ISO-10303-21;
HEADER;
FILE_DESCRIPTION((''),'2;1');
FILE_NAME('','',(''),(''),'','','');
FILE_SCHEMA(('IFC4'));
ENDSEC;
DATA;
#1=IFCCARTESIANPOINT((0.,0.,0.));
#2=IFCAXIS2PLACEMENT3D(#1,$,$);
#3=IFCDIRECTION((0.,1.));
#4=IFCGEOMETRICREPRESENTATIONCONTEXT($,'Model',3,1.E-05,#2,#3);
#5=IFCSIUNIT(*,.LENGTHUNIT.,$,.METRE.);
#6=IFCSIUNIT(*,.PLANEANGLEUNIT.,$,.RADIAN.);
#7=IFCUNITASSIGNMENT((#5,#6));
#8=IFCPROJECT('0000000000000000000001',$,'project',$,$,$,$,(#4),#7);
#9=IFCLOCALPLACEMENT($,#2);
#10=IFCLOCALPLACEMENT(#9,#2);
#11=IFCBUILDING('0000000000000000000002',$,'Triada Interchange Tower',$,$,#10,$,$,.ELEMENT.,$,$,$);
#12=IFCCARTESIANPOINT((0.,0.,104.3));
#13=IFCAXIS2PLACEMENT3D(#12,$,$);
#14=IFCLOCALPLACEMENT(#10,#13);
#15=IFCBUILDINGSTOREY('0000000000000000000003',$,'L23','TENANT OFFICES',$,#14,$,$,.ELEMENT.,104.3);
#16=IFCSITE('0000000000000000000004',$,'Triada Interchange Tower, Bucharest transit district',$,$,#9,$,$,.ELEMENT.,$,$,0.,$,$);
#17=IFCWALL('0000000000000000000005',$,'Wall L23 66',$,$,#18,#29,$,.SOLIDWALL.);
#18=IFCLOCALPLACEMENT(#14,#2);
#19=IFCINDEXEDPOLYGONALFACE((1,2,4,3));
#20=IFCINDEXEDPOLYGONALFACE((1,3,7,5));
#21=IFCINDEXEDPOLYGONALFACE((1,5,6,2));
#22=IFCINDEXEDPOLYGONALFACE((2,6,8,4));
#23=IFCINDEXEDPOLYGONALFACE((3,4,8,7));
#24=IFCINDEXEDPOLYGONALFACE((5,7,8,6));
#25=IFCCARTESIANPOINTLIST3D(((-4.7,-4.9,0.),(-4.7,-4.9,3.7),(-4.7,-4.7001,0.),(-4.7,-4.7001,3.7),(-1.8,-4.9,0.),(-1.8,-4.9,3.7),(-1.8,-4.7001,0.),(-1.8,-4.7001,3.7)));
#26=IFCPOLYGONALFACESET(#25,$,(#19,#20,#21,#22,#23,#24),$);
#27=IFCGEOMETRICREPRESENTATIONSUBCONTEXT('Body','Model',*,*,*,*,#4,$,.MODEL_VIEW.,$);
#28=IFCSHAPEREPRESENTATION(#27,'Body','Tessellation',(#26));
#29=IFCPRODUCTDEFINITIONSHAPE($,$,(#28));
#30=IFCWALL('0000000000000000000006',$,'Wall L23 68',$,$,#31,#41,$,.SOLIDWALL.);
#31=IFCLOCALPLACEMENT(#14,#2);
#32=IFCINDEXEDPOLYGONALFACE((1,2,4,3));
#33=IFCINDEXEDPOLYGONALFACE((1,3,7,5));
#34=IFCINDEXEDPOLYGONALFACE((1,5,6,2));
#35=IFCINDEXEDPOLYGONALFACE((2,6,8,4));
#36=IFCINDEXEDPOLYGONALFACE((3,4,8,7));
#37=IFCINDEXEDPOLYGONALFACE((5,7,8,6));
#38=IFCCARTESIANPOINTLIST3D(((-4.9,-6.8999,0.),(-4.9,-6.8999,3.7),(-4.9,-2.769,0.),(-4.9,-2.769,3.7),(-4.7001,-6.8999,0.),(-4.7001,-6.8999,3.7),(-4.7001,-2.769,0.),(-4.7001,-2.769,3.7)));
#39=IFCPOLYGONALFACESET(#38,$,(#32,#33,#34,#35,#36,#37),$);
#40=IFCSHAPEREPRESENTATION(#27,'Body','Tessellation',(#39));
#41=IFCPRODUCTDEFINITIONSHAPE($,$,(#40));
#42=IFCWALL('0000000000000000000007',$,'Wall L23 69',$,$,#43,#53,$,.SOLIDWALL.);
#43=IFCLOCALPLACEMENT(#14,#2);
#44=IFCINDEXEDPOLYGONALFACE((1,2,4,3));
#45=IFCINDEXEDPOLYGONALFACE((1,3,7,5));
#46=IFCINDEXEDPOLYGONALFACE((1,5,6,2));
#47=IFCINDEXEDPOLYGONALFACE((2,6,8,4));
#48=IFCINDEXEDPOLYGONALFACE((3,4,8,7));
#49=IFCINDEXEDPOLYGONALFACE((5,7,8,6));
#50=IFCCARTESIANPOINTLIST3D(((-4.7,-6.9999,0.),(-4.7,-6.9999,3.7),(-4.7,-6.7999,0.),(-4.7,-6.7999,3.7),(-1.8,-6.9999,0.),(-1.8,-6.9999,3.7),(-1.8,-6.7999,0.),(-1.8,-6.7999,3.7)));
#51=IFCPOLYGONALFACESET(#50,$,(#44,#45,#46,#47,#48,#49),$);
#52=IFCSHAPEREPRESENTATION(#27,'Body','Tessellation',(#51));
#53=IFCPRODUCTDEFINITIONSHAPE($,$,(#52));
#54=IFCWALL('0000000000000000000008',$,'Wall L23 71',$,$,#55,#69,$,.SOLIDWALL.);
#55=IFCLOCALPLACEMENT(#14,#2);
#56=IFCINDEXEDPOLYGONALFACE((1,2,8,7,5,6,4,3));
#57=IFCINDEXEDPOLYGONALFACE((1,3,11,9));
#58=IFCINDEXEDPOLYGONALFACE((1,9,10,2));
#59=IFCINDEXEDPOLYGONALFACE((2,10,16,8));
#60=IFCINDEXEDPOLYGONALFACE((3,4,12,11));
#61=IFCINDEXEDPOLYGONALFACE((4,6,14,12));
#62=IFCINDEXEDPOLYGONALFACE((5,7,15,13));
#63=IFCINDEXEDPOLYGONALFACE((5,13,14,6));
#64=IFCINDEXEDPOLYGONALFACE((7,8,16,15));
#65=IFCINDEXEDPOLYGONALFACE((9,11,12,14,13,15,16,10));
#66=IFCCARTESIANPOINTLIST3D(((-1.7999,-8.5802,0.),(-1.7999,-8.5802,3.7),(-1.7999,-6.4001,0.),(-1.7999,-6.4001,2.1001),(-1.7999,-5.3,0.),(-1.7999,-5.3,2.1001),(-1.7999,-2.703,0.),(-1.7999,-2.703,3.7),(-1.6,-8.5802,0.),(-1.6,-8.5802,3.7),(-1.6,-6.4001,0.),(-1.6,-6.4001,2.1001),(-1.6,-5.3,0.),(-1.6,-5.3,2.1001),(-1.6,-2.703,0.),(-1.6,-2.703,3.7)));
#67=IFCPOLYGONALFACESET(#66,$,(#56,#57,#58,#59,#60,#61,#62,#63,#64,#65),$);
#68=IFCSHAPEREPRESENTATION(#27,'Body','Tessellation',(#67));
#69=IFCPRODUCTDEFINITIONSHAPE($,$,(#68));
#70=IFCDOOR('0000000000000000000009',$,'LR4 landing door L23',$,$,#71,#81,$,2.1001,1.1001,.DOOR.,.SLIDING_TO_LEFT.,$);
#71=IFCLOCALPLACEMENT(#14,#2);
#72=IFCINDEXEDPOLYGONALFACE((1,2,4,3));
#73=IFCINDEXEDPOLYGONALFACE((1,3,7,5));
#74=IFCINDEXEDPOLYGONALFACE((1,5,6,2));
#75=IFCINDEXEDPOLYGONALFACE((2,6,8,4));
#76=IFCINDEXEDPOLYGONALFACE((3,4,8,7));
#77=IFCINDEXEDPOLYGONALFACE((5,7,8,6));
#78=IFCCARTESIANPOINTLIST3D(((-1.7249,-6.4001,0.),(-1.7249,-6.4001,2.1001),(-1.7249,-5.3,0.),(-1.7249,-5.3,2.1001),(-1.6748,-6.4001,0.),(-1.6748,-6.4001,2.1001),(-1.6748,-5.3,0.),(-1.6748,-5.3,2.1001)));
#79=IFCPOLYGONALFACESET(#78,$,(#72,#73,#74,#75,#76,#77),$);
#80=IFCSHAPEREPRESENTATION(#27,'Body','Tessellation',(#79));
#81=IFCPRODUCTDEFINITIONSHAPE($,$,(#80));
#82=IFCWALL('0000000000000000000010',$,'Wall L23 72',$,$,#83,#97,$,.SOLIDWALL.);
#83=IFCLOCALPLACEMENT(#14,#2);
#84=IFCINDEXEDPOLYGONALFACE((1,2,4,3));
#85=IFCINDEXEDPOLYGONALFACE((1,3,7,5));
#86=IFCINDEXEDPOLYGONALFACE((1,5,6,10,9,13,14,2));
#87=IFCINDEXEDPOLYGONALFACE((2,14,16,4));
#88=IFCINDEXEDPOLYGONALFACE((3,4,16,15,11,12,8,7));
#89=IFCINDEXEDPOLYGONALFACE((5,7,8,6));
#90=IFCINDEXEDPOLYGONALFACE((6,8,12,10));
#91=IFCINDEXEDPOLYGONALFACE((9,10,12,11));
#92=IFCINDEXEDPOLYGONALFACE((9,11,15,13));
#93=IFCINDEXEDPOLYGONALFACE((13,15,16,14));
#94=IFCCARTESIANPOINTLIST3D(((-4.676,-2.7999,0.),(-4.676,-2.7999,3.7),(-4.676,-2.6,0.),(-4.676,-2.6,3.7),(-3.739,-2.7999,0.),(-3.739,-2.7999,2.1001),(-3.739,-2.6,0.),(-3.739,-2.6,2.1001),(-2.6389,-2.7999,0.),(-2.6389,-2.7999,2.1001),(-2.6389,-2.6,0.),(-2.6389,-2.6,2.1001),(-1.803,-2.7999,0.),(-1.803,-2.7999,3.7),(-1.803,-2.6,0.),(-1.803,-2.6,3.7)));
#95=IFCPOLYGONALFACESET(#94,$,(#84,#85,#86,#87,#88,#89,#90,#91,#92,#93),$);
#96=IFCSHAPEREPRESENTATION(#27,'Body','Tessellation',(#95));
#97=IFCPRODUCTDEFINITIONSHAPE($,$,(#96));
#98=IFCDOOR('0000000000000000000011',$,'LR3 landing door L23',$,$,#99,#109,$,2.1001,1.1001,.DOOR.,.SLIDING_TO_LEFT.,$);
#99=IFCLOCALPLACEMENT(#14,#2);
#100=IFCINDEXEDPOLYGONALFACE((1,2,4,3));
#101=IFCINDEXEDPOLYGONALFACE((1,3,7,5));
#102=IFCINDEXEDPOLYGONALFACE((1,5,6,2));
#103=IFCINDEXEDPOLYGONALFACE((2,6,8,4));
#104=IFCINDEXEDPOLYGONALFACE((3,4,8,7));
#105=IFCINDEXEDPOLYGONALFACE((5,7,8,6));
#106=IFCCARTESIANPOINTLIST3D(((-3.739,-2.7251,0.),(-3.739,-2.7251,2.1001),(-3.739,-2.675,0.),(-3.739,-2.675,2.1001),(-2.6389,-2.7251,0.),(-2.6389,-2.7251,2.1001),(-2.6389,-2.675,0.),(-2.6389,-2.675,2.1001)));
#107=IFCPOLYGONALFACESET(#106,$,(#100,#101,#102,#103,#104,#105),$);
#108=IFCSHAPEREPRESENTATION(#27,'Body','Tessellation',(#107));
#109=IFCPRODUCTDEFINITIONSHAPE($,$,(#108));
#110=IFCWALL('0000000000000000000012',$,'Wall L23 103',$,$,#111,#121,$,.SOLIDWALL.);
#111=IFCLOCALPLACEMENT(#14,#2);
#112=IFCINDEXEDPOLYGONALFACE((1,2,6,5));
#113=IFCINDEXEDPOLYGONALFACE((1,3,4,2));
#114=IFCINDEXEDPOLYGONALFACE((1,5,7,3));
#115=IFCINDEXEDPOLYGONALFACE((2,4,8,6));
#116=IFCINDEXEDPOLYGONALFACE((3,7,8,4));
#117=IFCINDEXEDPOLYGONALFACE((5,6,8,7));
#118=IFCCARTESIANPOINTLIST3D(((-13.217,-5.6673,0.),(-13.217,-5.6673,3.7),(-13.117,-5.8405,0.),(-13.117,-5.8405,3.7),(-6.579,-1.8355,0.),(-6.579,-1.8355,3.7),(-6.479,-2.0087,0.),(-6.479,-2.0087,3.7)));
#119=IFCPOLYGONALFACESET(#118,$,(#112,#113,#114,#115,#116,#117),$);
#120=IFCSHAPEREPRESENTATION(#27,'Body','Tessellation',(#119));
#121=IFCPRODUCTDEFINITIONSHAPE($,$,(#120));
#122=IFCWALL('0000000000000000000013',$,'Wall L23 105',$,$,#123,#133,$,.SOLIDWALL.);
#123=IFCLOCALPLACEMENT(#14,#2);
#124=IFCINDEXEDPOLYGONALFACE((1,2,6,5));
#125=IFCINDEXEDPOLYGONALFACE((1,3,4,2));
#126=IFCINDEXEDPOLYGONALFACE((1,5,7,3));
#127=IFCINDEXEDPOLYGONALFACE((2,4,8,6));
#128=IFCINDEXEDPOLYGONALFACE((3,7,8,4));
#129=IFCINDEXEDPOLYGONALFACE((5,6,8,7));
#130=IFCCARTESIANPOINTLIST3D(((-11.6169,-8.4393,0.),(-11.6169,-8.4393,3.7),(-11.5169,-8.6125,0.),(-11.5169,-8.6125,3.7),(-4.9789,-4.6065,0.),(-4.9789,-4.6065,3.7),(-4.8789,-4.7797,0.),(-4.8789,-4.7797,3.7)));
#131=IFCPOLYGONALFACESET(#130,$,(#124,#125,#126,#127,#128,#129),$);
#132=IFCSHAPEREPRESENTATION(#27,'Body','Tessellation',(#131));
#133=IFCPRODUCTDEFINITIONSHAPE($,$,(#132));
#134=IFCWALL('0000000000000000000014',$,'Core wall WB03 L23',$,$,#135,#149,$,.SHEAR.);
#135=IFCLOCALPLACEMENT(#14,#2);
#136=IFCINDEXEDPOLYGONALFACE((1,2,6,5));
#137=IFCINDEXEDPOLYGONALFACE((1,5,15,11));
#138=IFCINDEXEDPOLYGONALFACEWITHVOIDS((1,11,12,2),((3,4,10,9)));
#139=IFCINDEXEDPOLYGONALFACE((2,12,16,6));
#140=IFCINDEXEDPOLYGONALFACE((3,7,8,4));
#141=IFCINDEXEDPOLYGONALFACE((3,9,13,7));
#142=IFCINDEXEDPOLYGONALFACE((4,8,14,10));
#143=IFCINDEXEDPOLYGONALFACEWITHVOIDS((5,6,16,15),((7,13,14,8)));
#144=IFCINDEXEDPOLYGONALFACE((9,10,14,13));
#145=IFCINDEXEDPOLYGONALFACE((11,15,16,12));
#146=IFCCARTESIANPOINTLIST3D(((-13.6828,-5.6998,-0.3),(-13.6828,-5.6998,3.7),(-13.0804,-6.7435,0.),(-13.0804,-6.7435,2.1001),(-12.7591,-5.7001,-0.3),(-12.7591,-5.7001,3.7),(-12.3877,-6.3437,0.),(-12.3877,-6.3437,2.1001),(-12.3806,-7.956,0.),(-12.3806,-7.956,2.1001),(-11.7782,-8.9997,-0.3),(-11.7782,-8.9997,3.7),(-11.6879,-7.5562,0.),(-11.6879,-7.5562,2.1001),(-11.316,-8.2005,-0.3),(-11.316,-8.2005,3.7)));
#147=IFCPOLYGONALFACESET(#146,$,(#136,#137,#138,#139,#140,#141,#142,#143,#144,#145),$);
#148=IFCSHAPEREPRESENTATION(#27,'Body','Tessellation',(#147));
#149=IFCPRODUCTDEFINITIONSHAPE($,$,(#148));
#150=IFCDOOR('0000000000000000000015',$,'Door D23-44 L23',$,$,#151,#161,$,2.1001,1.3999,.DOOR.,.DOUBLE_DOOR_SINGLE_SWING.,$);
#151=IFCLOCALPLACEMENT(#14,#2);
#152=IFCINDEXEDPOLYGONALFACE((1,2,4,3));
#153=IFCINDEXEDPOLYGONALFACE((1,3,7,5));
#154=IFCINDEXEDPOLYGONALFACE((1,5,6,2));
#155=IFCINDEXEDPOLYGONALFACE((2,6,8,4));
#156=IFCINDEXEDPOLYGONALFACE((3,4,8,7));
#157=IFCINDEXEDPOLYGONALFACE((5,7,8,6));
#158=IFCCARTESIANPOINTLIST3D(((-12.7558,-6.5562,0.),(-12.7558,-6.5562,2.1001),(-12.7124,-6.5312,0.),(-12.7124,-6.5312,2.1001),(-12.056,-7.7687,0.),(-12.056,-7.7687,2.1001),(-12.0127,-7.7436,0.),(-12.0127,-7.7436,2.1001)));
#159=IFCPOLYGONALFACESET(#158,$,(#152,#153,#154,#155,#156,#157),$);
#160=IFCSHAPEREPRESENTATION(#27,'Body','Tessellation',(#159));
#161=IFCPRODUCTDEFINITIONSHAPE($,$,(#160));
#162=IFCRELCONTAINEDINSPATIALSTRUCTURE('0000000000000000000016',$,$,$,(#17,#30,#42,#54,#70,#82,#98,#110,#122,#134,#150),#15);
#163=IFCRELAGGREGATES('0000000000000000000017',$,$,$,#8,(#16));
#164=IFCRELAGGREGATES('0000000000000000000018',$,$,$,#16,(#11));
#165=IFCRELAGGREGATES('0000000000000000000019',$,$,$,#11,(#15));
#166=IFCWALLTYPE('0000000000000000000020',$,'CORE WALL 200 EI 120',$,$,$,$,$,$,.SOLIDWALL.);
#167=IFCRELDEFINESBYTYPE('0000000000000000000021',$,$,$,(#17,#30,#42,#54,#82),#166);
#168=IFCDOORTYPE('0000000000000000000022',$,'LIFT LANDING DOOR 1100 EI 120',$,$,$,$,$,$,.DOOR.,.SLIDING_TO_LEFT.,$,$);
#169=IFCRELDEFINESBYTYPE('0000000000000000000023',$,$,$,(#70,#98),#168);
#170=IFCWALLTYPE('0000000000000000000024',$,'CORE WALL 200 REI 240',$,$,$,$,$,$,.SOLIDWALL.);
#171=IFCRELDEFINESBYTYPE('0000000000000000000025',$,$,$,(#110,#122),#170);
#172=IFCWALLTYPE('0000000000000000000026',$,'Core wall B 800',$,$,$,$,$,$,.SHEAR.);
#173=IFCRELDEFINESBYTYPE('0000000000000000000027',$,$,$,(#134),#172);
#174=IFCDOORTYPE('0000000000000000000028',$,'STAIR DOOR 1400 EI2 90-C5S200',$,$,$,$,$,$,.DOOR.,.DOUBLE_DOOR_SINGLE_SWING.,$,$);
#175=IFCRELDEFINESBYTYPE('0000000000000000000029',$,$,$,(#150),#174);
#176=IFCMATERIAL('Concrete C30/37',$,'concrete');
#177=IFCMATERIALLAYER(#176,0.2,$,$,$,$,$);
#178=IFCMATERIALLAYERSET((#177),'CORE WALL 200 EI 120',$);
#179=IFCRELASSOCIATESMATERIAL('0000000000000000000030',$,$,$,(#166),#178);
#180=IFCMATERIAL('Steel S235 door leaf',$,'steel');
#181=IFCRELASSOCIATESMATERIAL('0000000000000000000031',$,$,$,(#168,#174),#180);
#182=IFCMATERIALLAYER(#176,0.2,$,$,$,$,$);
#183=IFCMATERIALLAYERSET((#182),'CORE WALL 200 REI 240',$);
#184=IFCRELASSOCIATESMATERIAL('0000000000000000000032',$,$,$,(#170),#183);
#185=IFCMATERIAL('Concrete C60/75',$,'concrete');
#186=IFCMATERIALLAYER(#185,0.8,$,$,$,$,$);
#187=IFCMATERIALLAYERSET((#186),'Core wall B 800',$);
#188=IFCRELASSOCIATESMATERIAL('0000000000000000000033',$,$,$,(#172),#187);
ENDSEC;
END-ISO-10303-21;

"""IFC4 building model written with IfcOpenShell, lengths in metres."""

from ifc_helpers import new_model, si_unit, direction, frame, frame_2d, origin, place, context, subcontext, project, spatial, polyline, rectangle, outline, extrude, material, layer, layer_set, type_object, element, fill, save


model = new_model("IFC4")

# Units and contexts
model_context = context("Model", 3, precision=1e-05, world=origin(), true_north=direction((0.0, 1.0)))
body_context = subcontext(model_context, "Body", "Model", "MODEL_VIEW")
ifc_project = project(units=[si_unit("LENGTHUNIT", "METRE"), si_unit("PLANEANGLEUNIT", "RADIAN")], contexts=[model_context])

# Site, building, storey
site_placement = place(None, origin())
site = spatial("IfcSite", under=ifc_project, at=site_placement, Name="Triada Interchange Tower, Bucharest transit district", CompositionType="ELEMENT", RefElevation=0.0)
building_placement = place(site_placement, origin())
building = spatial("IfcBuilding", under=site, at=building_placement, Name="Triada Interchange Tower", CompositionType="ELEMENT")
storey_placement = place(building_placement, frame((0.0, 0.0, 104.3)))
storey = spatial("IfcBuildingStorey", under=building, at=storey_placement, Name="L23", Description="TENANT OFFICES", CompositionType="ELEMENT", Elevation=104.3)

# Walls
ifc_material_1 = material(Name="Concrete C30/37", Category="concrete")
ifc_layer_1 = layer(ifc_material_1, 0.2)
ifc_layer_set_1 = layer_set([ifc_layer_1], Name="CORE WALL 200 EI 120")
wall_type_1 = type_object("IfcWallType", Name="CORE WALL 200 EI 120", PredefinedType="SOLIDWALL", material=ifc_layer_set_1)
wall_1_placement = place(storey_placement, frame((-4.7, -4.8, 0.0), z_axis=(0.0, 0.0, 1.0), x_axis=(1.0, 0.0, 0.0)))
element("IfcWall", 1, at=wall_1_placement, inside=storey, type_object=wall_type_1, Name="Wall L23 66", PredefinedType="SOLIDWALL", context=body_context, shape_type="SweptSolid", body=[
    extrude(rectangle(XDim=2.8999, YDim=0.2, at=frame_2d((1.45, 0.0))), origin(), (0.0, 0.0, 1.0), 3.7),
])
wall_2_placement = place(storey_placement, frame((-4.8, -6.8999, 0.0), z_axis=(0.0, 0.0, 1.0), x_axis=(0.0, 1.0, 0.0)))
element("IfcWall", 2, at=wall_2_placement, inside=storey, type_object=wall_type_1, Name="Wall L23 68", PredefinedType="SOLIDWALL", context=body_context, shape_type="SweptSolid", body=[
    extrude(rectangle(XDim=4.1309, YDim=0.2, at=frame_2d((2.0654, 0.0))), origin(), (0.0, 0.0, 1.0), 3.7),
])
wall_3_placement = place(storey_placement, frame((-4.7, -6.8999, 0.0), z_axis=(0.0, 0.0, 1.0), x_axis=(1.0, 0.0, 0.0)))
element("IfcWall", 3, at=wall_3_placement, inside=storey, type_object=wall_type_1, Name="Wall L23 69", PredefinedType="SOLIDWALL", context=body_context, shape_type="SweptSolid", body=[
    extrude(rectangle(XDim=2.8999, YDim=0.2, at=frame_2d((1.45, 0.0))), origin(), (0.0, 0.0, 1.0), 3.7),
])

# Walls, openings, doors
wall_4_placement = place(storey_placement, frame((-1.7, -8.5801, 0.0), z_axis=(0.0, 0.0, 1.0), x_axis=(0.0, 1.0, 0.0)))
wall_4 = element("IfcWall", 4, at=wall_4_placement, inside=storey, type_object=wall_type_1, Name="Wall L23 71", PredefinedType="SOLIDWALL", context=body_context, shape_type="SweptSolid", body=[
    extrude(rectangle(XDim=5.8772, YDim=0.2, at=frame_2d((2.9385, 0.0))), origin(), (0.0, 0.0, 1.0), 3.7),
])
opening_1_placement = place(wall_4_placement, frame((2.1799, 0.0, 0.0)))
opening_1 = element("IfcOpeningElement", 5, at=opening_1_placement, cuts=wall_4, PredefinedType="OPENING", context=body_context, shape_type="SweptSolid", body=[
    extrude(rectangle(XDim=1.1001, YDim=2.1001, at=frame_2d((0.55, 1.05))), frame((0.0, 0.1099, 0.0), z_axis=(0.0, -1.0, 0.0), x_axis=(1.0, 0.0, 0.0)), (0.0, 0.0, 1.0), 0.22),
])
ifc_material_2 = material(Name="Steel S235 door leaf", Category="steel")
door_type_1 = type_object("IfcDoorType", Name="LIFT LANDING DOOR 1100 EI 120", OperationType="SLIDING_TO_LEFT", PredefinedType="DOOR", material=ifc_material_2)
door_1_placement = place(opening_1_placement, origin())
door_1 = element("IfcDoor", 6, at=door_1_placement, inside=storey, type_object=door_type_1, Name="LR4 landing door L23", OperationType="SLIDING_TO_LEFT", OverallHeight=2.1001, OverallWidth=1.1001, PredefinedType="DOOR", context=body_context, shape_type="SweptSolid", body=[
    extrude(rectangle(XDim=1.1001, YDim=2.1001, at=frame_2d((0.55, 1.05))), frame((0.0, 0.0249, 0.0), z_axis=(0.0, -1.0, 0.0), x_axis=(1.0, 0.0, 0.0)), (0.0, 0.0, 1.0), 0.05),
])
fill(opening_1, door_1)
wall_5_placement = place(storey_placement, frame((-4.676, -2.7, 0.0), z_axis=(0.0, 0.0, 1.0), x_axis=(1.0, 0.0, 0.0)))
wall_5 = element("IfcWall", 7, at=wall_5_placement, inside=storey, type_object=wall_type_1, Name="Wall L23 72", PredefinedType="SOLIDWALL", context=body_context, shape_type="SweptSolid", body=[
    extrude(rectangle(XDim=2.873, YDim=0.2, at=frame_2d((1.4365, 0.0))), origin(), (0.0, 0.0, 1.0), 3.7),
])
opening_2_placement = place(wall_5_placement, frame((0.937, 0.0, 0.0)))
opening_2 = element("IfcOpeningElement", 8, at=opening_2_placement, cuts=wall_5, PredefinedType="OPENING", context=body_context, shape_type="SweptSolid", body=[
    extrude(rectangle(XDim=1.1001, YDim=2.1001, at=frame_2d((0.55, 1.05))), frame((0.0, 0.1099, 0.0), z_axis=(0.0, -1.0, 0.0), x_axis=(1.0, 0.0, 0.0)), (0.0, 0.0, 1.0), 0.22),
])
door_2_placement = place(opening_2_placement, origin())
door_2 = element("IfcDoor", 9, at=door_2_placement, inside=storey, type_object=door_type_1, Name="LR3 landing door L23", OperationType="SLIDING_TO_LEFT", OverallHeight=2.1001, OverallWidth=1.1001, PredefinedType="DOOR", context=body_context, shape_type="SweptSolid", body=[
    extrude(rectangle(XDim=1.1001, YDim=2.1001, at=frame_2d((0.55, 1.05))), frame((0.0, 0.0249, 0.0), z_axis=(0.0, -1.0, 0.0), x_axis=(1.0, 0.0, 0.0)), (0.0, 0.0, 1.0), 0.05),
])
fill(opening_2, door_2)

# Walls
ifc_layer_2 = layer(ifc_material_1, 0.2)
ifc_layer_set_2 = layer_set([ifc_layer_2], Name="CORE WALL 200 REI 240")
wall_type_2 = type_object("IfcWallType", Name="CORE WALL 200 REI 240", PredefinedType="SOLIDWALL", material=ifc_layer_set_2)
wall_6_placement = place(storey_placement, frame((-13.167, -5.7539, 0.0), z_axis=(0.0, 0.0, 1.0), x_axis=(0.866061, 0.499938, 0.0)))
element("IfcWall", 10, at=wall_6_placement, inside=storey, type_object=wall_type_2, Name="Wall L23 103", PredefinedType="SOLIDWALL", context=body_context, shape_type="SweptSolid", body=[
    extrude(rectangle(XDim=7.6646, YDim=0.2, at=frame_2d((3.8323, 0.0))), origin(), (0.0, 0.0, 1.0), 3.7),
])
wall_7_placement = place(storey_placement, frame((-11.5669, -8.5259, 0.0), z_axis=(0.0, 0.0, 1.0), x_axis=(0.866006, 0.500034, 0.0)))
element("IfcWall", 11, at=wall_7_placement, inside=storey, type_object=wall_type_2, Name="Wall L23 105", PredefinedType="SOLIDWALL", context=body_context, shape_type="SweptSolid", body=[
    extrude(rectangle(XDim=7.665, YDim=0.2, at=frame_2d((3.8325, 0.0))), origin(), (0.0, 0.0, 1.0), 3.7),
])

# Wall, opening, door
ifc_material_3 = material(Name="Concrete C60/75", Category="concrete")
ifc_layer_3 = layer(ifc_material_3, 0.8)
ifc_layer_set_3 = layer_set([ifc_layer_3], Name="Core wall B 800")
wall_type_3 = type_object("IfcWallType", Name="Core wall B 800", PredefinedType="SHEAR", material=ifc_layer_set_3)
wall_8_placement = place(storey_placement, frame((-13.2209, -5.7, -0.3), z_axis=(0.0, 0.0, 1.0), x_axis=(0.499872, -0.866099, 0.0)))
wall_8 = element("IfcWall", 12, at=wall_8_placement, inside=storey, type_object=wall_type_3, Name="Core wall WB03 L23", PredefinedType="SHEAR", context=body_context, shape_type="SweptSolid", body=[
    extrude(outline(polyline([(-0.231, -0.3999), (1.6741, -0.3999), (3.5791, -0.3999), (3.1179, 0.3999), (1.6743, 0.3999), (0.231, 0.3999), (-0.231, -0.3999)])), origin(), (0.0, 0.0, 1.0), 4.0),
])
opening_3_placement = place(wall_8_placement, frame((0.9741, 0.0, 0.3)))
opening_3 = element("IfcOpeningElement", 13, at=opening_3_placement, cuts=wall_8, PredefinedType="OPENING", context=body_context, shape_type="SweptSolid", body=[
    extrude(rectangle(XDim=1.3999, YDim=2.1001, at=frame_2d((0.7, 1.05))), frame((0.0, 0.4099, 0.0), z_axis=(0.0, -1.0, 0.0), x_axis=(1.0, 0.0, 0.0)), (0.0, 0.0, 1.0), 0.8201),
])
door_type_2 = type_object("IfcDoorType", Name="STAIR DOOR 1400 EI2 90-C5S200", OperationType="DOUBLE_DOOR_SINGLE_SWING", PredefinedType="DOOR", material=ifc_material_2)
door_3_placement = place(opening_3_placement, origin())
door_3 = element("IfcDoor", 14, at=door_3_placement, inside=storey, type_object=door_type_2, Name="Door D23-44 L23", OperationType="DOUBLE_DOOR_SINGLE_SWING", OverallHeight=2.1001, OverallWidth=1.3999, PredefinedType="DOOR", context=body_context, shape_type="SweptSolid", body=[
    extrude(rectangle(XDim=1.3999, YDim=2.1001, at=frame_2d((0.7, 1.05))), frame((0.0, 0.0249, 0.0), z_axis=(0.0, -1.0, 0.0), x_axis=(1.0, 0.0, 0.0)), (0.0, 0.0, 1.0), 0.05),
])
fill(opening_3, door_3)

save(model, "model.ifc")
